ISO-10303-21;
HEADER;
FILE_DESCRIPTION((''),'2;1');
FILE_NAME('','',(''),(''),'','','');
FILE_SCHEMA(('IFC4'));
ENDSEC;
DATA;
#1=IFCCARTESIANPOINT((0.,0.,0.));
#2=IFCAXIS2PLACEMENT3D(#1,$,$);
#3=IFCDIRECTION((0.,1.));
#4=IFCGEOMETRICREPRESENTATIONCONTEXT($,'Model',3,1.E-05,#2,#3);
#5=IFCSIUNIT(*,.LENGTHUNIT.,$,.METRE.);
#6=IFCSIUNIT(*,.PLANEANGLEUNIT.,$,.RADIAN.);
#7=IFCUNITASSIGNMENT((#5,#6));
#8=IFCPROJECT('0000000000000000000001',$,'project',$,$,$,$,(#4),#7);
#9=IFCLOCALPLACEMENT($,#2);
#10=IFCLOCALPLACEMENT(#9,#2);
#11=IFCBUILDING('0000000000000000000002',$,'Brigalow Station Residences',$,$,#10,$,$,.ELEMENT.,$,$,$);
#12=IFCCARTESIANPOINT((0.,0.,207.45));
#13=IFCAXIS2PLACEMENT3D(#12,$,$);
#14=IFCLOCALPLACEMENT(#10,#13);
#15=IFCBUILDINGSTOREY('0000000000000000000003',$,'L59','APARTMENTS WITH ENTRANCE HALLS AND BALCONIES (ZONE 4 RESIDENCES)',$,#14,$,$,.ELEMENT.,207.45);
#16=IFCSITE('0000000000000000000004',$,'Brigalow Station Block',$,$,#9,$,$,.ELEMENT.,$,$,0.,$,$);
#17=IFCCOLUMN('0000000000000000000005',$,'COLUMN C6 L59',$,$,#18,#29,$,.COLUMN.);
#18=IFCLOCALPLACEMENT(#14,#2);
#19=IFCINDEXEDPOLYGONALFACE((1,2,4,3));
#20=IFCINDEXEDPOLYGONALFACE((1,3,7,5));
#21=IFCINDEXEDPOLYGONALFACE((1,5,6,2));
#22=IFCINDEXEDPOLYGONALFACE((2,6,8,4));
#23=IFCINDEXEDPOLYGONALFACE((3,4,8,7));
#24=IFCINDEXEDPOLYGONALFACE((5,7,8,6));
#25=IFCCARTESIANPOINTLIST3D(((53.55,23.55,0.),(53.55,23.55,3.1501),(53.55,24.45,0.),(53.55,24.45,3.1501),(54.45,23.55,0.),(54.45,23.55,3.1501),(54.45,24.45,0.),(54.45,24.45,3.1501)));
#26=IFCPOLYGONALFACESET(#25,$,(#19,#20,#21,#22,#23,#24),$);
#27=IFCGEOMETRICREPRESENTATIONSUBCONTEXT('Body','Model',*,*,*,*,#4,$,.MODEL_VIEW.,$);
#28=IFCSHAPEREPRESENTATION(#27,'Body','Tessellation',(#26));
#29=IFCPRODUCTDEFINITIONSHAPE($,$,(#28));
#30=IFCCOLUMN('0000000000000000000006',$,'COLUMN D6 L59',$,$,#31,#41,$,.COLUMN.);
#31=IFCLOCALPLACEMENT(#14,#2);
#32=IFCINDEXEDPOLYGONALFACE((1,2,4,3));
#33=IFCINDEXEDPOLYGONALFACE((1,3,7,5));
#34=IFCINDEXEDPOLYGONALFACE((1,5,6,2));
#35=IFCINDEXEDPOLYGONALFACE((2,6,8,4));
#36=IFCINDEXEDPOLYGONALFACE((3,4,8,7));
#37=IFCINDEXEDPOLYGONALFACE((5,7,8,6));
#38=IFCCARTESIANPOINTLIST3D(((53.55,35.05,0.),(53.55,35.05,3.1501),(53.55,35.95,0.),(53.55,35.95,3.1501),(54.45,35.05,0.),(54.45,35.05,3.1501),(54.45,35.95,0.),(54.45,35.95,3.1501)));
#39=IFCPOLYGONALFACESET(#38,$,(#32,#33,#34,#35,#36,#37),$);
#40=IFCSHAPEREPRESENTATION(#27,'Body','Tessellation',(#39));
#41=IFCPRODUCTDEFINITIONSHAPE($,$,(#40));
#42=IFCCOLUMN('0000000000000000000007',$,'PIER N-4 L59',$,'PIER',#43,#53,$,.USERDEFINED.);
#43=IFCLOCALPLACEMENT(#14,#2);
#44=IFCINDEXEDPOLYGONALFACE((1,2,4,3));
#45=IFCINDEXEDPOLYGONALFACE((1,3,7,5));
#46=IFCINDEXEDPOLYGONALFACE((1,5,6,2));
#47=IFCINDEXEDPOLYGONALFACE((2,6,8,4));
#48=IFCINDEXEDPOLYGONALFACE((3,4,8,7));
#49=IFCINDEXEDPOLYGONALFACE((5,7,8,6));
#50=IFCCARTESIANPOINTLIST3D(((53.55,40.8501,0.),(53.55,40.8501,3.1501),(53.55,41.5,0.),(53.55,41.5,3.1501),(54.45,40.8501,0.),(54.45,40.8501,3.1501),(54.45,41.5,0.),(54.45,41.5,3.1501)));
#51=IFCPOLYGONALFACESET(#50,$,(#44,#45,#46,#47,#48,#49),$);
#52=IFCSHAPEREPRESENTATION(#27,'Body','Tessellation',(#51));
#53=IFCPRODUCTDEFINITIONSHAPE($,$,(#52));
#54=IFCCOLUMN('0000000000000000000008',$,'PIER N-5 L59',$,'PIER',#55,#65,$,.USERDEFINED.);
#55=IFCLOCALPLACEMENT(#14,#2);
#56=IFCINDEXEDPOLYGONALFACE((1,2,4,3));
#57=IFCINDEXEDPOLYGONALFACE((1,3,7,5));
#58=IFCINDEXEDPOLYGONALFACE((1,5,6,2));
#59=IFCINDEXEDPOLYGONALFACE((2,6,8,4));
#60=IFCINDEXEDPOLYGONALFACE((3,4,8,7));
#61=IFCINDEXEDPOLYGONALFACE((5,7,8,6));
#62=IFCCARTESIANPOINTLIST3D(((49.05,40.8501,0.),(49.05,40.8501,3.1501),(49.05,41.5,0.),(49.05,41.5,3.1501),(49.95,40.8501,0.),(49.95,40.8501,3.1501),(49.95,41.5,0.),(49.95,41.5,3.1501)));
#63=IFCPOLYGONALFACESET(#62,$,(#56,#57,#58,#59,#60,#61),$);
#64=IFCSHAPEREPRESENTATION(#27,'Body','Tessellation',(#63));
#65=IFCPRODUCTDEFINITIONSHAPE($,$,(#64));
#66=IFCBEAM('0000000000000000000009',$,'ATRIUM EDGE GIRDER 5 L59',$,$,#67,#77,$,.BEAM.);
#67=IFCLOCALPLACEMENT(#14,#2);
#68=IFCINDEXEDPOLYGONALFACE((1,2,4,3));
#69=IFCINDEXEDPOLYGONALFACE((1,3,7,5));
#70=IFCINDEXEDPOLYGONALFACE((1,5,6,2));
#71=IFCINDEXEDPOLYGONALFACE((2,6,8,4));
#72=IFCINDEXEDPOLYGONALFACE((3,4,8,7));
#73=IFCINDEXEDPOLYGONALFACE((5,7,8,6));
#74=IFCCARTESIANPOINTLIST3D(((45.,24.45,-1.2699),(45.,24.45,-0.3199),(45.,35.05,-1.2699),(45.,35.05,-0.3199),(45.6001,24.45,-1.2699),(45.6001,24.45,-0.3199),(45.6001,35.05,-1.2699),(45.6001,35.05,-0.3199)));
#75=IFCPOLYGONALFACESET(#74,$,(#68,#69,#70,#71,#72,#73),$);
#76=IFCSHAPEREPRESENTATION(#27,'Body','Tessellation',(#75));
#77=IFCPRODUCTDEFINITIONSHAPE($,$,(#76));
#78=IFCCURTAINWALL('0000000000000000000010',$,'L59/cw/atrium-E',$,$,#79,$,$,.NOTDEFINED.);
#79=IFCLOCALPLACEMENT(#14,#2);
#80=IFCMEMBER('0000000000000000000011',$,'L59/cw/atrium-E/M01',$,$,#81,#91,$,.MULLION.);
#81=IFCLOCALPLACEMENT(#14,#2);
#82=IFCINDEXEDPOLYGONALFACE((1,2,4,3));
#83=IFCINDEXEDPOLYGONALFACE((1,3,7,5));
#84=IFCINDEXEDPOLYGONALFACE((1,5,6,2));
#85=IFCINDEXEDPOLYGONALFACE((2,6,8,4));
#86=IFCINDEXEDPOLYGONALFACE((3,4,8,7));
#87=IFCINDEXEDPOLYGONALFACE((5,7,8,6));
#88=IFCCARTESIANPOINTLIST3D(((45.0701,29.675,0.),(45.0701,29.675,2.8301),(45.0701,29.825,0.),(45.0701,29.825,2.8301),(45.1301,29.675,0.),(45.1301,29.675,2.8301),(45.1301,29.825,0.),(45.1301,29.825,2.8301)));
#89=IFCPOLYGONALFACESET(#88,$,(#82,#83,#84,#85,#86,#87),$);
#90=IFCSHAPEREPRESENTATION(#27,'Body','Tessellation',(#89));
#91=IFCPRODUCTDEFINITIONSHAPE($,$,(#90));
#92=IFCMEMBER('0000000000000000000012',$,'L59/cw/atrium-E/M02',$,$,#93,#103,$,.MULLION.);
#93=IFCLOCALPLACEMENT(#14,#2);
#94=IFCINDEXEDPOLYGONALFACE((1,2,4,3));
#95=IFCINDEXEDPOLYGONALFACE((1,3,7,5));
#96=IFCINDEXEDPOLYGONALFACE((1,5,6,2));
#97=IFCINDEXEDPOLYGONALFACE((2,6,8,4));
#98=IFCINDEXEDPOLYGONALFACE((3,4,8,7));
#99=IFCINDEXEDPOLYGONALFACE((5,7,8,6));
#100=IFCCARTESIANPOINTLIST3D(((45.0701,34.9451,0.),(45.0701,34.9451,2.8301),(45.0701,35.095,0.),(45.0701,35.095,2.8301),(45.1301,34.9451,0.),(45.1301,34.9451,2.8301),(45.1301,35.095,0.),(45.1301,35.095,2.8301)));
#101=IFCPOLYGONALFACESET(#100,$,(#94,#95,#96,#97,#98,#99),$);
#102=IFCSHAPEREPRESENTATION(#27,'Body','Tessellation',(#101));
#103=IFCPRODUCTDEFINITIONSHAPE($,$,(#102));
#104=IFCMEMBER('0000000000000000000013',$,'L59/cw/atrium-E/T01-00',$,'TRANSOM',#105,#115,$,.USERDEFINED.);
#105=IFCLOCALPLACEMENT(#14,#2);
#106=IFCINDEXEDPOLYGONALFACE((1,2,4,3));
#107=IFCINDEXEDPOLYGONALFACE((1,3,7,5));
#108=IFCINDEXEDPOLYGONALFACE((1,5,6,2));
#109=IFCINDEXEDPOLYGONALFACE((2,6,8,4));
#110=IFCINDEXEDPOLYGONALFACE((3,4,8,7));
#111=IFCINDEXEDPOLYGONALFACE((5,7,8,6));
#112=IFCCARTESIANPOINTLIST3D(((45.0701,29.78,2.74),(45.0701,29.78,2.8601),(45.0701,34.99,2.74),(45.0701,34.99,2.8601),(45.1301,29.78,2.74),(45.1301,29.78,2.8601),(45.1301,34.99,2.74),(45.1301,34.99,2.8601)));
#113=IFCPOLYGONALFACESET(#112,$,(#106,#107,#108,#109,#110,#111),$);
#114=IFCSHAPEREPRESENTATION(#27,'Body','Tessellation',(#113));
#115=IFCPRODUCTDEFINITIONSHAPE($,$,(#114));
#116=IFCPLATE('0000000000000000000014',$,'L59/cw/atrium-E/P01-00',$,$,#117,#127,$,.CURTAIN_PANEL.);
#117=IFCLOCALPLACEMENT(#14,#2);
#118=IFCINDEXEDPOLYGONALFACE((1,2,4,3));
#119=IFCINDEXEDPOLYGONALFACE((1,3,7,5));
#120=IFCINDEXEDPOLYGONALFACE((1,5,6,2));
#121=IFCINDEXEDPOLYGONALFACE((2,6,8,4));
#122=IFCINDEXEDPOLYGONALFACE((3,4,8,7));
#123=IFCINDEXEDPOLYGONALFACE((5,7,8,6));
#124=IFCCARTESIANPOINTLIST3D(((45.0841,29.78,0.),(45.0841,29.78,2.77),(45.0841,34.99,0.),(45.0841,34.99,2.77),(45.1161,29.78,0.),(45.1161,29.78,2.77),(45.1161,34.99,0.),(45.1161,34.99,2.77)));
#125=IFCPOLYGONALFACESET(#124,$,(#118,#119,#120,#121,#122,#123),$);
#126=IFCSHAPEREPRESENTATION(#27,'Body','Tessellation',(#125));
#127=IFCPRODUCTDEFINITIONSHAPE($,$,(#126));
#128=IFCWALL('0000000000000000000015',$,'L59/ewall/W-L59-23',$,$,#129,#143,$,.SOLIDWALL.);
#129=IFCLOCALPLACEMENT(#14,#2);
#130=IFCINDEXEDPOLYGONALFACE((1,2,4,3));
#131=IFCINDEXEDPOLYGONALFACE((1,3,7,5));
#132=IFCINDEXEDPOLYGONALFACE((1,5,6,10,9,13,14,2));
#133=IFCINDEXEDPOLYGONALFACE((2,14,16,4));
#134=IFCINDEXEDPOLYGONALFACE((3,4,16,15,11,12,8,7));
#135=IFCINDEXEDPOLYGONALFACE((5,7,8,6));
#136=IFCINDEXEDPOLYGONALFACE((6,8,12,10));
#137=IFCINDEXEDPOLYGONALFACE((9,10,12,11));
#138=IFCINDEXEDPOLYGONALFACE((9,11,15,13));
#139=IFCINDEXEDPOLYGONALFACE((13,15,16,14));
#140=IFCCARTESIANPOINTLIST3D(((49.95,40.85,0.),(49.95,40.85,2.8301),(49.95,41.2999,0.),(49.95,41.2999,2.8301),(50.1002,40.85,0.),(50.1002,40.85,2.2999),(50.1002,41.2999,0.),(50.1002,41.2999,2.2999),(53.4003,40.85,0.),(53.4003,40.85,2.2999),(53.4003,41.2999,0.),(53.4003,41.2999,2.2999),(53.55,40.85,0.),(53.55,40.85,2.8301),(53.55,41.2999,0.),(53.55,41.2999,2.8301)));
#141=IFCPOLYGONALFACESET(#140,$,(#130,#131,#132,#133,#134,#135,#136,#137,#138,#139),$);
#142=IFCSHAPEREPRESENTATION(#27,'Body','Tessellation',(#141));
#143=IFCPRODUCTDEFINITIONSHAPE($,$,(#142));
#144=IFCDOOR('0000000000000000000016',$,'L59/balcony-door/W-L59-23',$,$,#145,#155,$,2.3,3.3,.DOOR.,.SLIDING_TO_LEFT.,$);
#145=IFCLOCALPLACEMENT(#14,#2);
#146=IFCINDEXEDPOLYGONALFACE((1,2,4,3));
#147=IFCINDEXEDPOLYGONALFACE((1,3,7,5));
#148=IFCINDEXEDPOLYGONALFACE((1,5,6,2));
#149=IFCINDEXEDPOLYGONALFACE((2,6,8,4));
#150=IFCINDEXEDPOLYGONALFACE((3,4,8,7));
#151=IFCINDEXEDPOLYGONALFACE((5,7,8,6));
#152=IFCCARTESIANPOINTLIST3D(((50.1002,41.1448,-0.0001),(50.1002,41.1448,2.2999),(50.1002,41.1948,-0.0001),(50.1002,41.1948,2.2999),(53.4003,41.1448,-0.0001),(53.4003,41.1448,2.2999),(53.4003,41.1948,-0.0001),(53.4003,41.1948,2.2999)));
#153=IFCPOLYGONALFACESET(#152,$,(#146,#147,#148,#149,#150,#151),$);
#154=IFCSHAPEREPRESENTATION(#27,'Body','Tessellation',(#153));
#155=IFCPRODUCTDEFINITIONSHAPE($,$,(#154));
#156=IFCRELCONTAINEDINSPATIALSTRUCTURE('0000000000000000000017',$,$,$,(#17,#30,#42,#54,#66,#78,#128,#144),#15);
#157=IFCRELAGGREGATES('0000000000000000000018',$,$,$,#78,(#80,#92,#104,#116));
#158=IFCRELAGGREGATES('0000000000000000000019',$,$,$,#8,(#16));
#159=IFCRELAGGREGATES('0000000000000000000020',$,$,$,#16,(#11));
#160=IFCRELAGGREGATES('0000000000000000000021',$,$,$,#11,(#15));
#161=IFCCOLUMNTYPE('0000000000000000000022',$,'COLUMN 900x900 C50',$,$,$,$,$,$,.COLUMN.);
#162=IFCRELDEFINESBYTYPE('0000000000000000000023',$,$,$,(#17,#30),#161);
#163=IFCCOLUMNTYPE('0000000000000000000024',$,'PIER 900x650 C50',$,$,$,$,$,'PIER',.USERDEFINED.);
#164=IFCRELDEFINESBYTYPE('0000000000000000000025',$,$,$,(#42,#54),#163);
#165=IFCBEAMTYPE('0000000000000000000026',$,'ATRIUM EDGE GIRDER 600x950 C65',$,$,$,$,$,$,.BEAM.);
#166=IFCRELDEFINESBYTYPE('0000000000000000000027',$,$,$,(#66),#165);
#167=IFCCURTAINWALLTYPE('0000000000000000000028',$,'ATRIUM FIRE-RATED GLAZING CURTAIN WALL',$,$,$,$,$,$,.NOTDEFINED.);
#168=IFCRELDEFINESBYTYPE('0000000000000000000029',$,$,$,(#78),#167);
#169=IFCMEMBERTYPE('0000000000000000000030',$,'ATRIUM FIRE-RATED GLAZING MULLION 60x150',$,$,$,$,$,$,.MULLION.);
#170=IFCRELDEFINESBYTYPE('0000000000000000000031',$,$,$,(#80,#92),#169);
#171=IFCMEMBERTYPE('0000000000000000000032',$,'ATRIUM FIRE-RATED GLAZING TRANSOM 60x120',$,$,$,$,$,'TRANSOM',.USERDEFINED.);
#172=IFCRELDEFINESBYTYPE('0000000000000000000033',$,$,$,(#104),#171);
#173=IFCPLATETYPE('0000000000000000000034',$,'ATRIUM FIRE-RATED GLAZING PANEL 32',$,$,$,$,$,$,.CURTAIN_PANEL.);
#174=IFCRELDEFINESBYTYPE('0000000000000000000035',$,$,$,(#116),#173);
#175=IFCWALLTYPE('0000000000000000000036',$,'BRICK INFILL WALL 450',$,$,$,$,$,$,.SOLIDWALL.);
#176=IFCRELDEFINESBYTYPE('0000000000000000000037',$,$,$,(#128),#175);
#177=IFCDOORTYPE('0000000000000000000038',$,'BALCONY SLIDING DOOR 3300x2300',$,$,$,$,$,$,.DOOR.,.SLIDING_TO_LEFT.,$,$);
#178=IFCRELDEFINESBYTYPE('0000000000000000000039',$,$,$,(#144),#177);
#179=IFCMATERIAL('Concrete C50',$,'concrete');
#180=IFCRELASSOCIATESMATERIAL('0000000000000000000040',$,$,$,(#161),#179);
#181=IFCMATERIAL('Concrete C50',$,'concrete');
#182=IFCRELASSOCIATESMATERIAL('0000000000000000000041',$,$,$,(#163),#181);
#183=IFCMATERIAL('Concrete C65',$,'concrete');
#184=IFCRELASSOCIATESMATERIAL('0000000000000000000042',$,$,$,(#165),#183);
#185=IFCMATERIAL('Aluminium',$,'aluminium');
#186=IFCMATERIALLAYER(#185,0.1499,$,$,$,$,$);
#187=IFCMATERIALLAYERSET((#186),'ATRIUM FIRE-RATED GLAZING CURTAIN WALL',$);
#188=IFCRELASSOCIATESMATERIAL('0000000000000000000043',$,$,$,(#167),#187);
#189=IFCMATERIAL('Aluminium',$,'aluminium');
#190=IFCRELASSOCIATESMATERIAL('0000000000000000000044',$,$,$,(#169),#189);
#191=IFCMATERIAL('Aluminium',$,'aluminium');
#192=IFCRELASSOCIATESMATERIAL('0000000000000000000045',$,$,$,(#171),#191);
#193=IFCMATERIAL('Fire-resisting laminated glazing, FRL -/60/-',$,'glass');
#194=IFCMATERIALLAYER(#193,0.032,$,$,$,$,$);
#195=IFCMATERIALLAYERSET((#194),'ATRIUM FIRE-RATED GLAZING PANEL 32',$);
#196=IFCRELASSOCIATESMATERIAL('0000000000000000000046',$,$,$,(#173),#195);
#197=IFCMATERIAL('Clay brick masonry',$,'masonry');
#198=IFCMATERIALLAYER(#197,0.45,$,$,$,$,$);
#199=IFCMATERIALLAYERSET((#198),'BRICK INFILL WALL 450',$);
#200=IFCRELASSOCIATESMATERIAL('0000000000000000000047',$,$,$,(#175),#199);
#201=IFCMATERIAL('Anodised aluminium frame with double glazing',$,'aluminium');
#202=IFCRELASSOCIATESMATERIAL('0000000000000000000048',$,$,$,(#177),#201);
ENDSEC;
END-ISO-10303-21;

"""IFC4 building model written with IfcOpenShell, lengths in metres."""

from ifc_helpers import new_model, si_unit, direction, frame, frame_2d, origin, origin_2d, place, context, subcontext, project, spatial, rectangle, extrude, material, layer, layer_set, material_profile, profile_set, type_object, element, fill, aggregate, save


model = new_model("IFC4")

# Units and contexts
model_context = context("Model", 3, precision=1e-05, world=origin(), true_north=direction((0.0, 1.0)))
body_context = subcontext(model_context, "Body", "Model", "MODEL_VIEW")
ifc_project = project(units=[si_unit("LENGTHUNIT", "METRE"), si_unit("PLANEANGLEUNIT", "RADIAN")], contexts=[model_context])

# Site, building, storey
site_placement = place(None, origin())
site = spatial("IfcSite", under=ifc_project, at=site_placement, Name="Brigalow Station Block", CompositionType="ELEMENT", RefElevation=0.0)
building_placement = place(site_placement, origin())
building = spatial("IfcBuilding", under=site, at=building_placement, Name="Brigalow Station Residences", CompositionType="ELEMENT")
storey_placement = place(building_placement, frame((0.0, 0.0, 207.45)))
storey = spatial("IfcBuildingStorey", under=building, at=storey_placement, Name="L59", Description="APARTMENTS WITH ENTRANCE HALLS AND BALCONIES (ZONE 4 RESIDENCES)", CompositionType="ELEMENT", Elevation=207.45)

# Columns
ifc_material_1 = material(Name="Concrete C50", Category="concrete")
ifc_material_profile_1 = material_profile(ifc_material_1, rectangle(XDim=0.8999, YDim=0.8999, at=origin_2d()), Name="RC900x900")
ifc_profile_set_1 = profile_set([ifc_material_profile_1], Name="Concrete C50")
column_type_1 = type_object("IfcColumnType", Name="COLUMN 900x900 C50", PredefinedType="COLUMN", material=ifc_profile_set_1)
for number, where, z_axis, x_axis, name in (
    (1, (54.0, 24.0, 0.0), (0.0, 0.0, 1.0), (1.0, 0.0, 0.0), "COLUMN C6 L59"),
    (2, (54.0, 35.5, 0.0), (0.0, 0.0, 1.0), (1.0, 0.0, 0.0), "COLUMN D6 L59"),
):
    element("IfcColumn", number, at=place(storey_placement, frame(where, z_axis=z_axis, x_axis=x_axis)), inside=storey, type_object=column_type_1, Name=name, PredefinedType="COLUMN", context=body_context, shape_type="SweptSolid", body=[
        extrude(rectangle(XDim=0.8999, YDim=0.8999, at=origin_2d()), origin(), (0.0, 0.0, 1.0), 3.1501),
    ])
ifc_material_2 = material(Name="Concrete C50", Category="concrete")
ifc_material_profile_2 = material_profile(ifc_material_2, rectangle(XDim=0.8999, YDim=0.6499, at=origin_2d()), Name="RC900x650")
ifc_profile_set_2 = profile_set([ifc_material_profile_2], Name="Concrete C50")
column_type_2 = type_object("IfcColumnType", Name="PIER 900x650 C50", ElementType="PIER", PredefinedType="USERDEFINED", material=ifc_profile_set_2)
for number, where, z_axis, x_axis, name in (
    (3, (54.0, 41.175, 0.0), (0.0, 0.0, 1.0), (-1.0, 0.0, 0.0), "PIER N-4 L59"),
    (4, (49.5, 41.175, 0.0), (0.0, 0.0, 1.0), (-1.0, 0.0, 0.0), "PIER N-5 L59"),
):
    element("IfcColumn", number, at=place(storey_placement, frame(where, z_axis=z_axis, x_axis=x_axis)), inside=storey, type_object=column_type_2, Name=name, ObjectType="PIER", PredefinedType="USERDEFINED", context=body_context, shape_type="SweptSolid", body=[
        extrude(rectangle(XDim=0.8999, YDim=0.6499, at=origin_2d()), origin(), (0.0, 0.0, 1.0), 3.1501),
    ])

# Beam
ifc_material_3 = material(Name="Concrete C65", Category="concrete")
ifc_material_profile_3 = material_profile(ifc_material_3, rectangle(XDim=0.6001, YDim=0.95, at=origin_2d()), Name="RC600x950")
ifc_profile_set_3 = profile_set([ifc_material_profile_3], Name="Concrete C65")
beam_type = type_object("IfcBeamType", Name="ATRIUM EDGE GIRDER 600x950 C65", PredefinedType="BEAM", material=ifc_profile_set_3)
beam_placement = place(storey_placement, frame((45.3, 24.45, -0.7949), z_axis=(0.0, 1.0, 0.0), x_axis=(-1.0, 0.0, 0.0)))
element("IfcBeam", 5, at=beam_placement, inside=storey, type_object=beam_type, Name="ATRIUM EDGE GIRDER 5 L59", PredefinedType="BEAM", context=body_context, shape_type="SweptSolid", body=[
    extrude(rectangle(XDim=0.6001, YDim=0.95, at=origin_2d()), origin(), (0.0, 0.0, 1.0), 10.6001),
])

# Curtain wall, members, plate
ifc_material_4 = material(Name="Aluminium", Category="aluminium")
ifc_layer_1 = layer(ifc_material_4, 0.1499)
ifc_layer_set_1 = layer_set([ifc_layer_1], Name="ATRIUM FIRE-RATED GLAZING CURTAIN WALL")
curtain_wall_type = type_object("IfcCurtainWallType", Name="ATRIUM FIRE-RATED GLAZING CURTAIN WALL", PredefinedType="NOTDEFINED", material=ifc_layer_set_1)
curtain_wall_placement = place(storey_placement, origin())
curtain_wall = element("IfcCurtainWall", 6, at=curtain_wall_placement, inside=storey, type_object=curtain_wall_type, Name="L59/cw/atrium-E", PredefinedType="NOTDEFINED")
ifc_material_5 = material(Name="Aluminium", Category="aluminium")
ifc_material_profile_4 = material_profile(ifc_material_5, rectangle(XDim=0.0601, YDim=0.1499, at=origin_2d()), Name="ATRIUM FIRE-RATED GLAZING MULLION 60x150")
ifc_profile_set_4 = profile_set([ifc_material_profile_4], Name="Aluminium")
member_type_1 = type_object("IfcMemberType", Name="ATRIUM FIRE-RATED GLAZING MULLION 60x150", PredefinedType="MULLION", material=ifc_profile_set_4)
member_1_placement = place(storey_placement, frame((45.1001, 29.75, 0.0), z_axis=(0.0, 0.0, 1.0), x_axis=(-1.0, 0.0, 0.0)))
member_1 = element("IfcMember", 7, at=member_1_placement, type_object=member_type_1, Name="L59/cw/atrium-E/M01", PredefinedType="MULLION", context=body_context, shape_type="SweptSolid", body=[
    extrude(rectangle(XDim=0.0601, YDim=0.1499, at=origin_2d()), origin(), (0.0, 0.0, 1.0), 2.8301),
])
member_2_placement = place(storey_placement, frame((45.1001, 35.02, 0.0), z_axis=(0.0, 0.0, 1.0), x_axis=(-1.0, 0.0, 0.0)))
member_2 = element("IfcMember", 8, at=member_2_placement, type_object=member_type_1, Name="L59/cw/atrium-E/M02", PredefinedType="MULLION", context=body_context, shape_type="SweptSolid", body=[
    extrude(rectangle(XDim=0.0601, YDim=0.1499, at=origin_2d()), origin(), (0.0, 0.0, 1.0), 2.8301),
])
ifc_material_6 = material(Name="Aluminium", Category="aluminium")
ifc_material_profile_5 = material_profile(ifc_material_6, rectangle(XDim=0.0601, YDim=0.1201, at=origin_2d()), Name="ATRIUM FIRE-RATED GLAZING TRANSOM 60x120")
ifc_profile_set_5 = profile_set([ifc_material_profile_5], Name="Aluminium")
member_type_2 = type_object("IfcMemberType", Name="ATRIUM FIRE-RATED GLAZING TRANSOM 60x120", ElementType="TRANSOM", PredefinedType="USERDEFINED", material=ifc_profile_set_5)
member_3_placement = place(storey_placement, frame((45.1001, 29.78, 2.8), z_axis=(0.0, 1.0, 0.0), x_axis=(-1.0, 0.0, 0.0)))
member_3 = element("IfcMember", 9, at=member_3_placement, type_object=member_type_2, Name="L59/cw/atrium-E/T01-00", ObjectType="TRANSOM", PredefinedType="USERDEFINED", context=body_context, shape_type="SweptSolid", body=[
    extrude(rectangle(XDim=0.0601, YDim=0.1201, at=origin_2d()), origin(), (0.0, 0.0, 1.0), 5.21),
])
ifc_material_7 = material(Name="Fire-resisting laminated glazing, FRL -/60/-", Category="glass")
ifc_layer_2 = layer(ifc_material_7, 0.032)
ifc_layer_set_2 = layer_set([ifc_layer_2], Name="ATRIUM FIRE-RATED GLAZING PANEL 32")
plate_type = type_object("IfcPlateType", Name="ATRIUM FIRE-RATED GLAZING PANEL 32", PredefinedType="CURTAIN_PANEL", material=ifc_layer_set_2)
plate_placement = place(storey_placement, frame((45.1001, 32.385, 0.0), z_axis=(0.0, 0.0, 1.0), x_axis=(0.0, 1.0, 0.0)))
plate = element("IfcPlate", 10, at=plate_placement, type_object=plate_type, Name="L59/cw/atrium-E/P01-00", PredefinedType="CURTAIN_PANEL", context=body_context, shape_type="SweptSolid", body=[
    extrude(rectangle(XDim=5.21, YDim=0.032, at=origin_2d()), origin(), (0.0, 0.0, 1.0), 2.77),
])
aggregate(curtain_wall, [member_1, member_2, member_3, plate])

# Wall, opening, door
ifc_material_8 = material(Name="Clay brick masonry", Category="masonry")
ifc_layer_3 = layer(ifc_material_8, 0.45)
ifc_layer_set_3 = layer_set([ifc_layer_3], Name="BRICK INFILL WALL 450")
wall_type_1 = type_object("IfcWallType", Name="BRICK INFILL WALL 450", PredefinedType="SOLIDWALL", material=ifc_layer_set_3)
wall_1_placement = place(storey_placement, frame((53.55, 41.075, 0.0), z_axis=(0.0, 0.0, 1.0), x_axis=(-1.0, 0.0, 0.0)))
wall_1 = element("IfcWall", 11, at=wall_1_placement, inside=storey, type_object=wall_type_1, Name="L59/ewall/W-L59-23", PredefinedType="SOLIDWALL", context=body_context, shape_type="SweptSolid", body=[
    extrude(rectangle(XDim=3.6001, YDim=0.45, at=frame_2d((1.8, 0.0))), origin(), (0.0, 0.0, 1.0), 2.8301),
])
opening_1_placement = place(wall_1_placement, frame((0.1499, 0.0, 0.0)))
opening_1 = element("IfcOpeningElement", 12, at=opening_1_placement, cuts=wall_1, PredefinedType="OPENING", context=body_context, shape_type="SweptSolid", body=[
    extrude(rectangle(XDim=3.3, YDim=2.3, at=frame_2d((1.6499, 1.1499))), frame((0.0, 0.2349, 0.0), z_axis=(0.0, -1.0, 0.0), x_axis=(1.0, 0.0, 0.0)), (0.0, 0.0, 1.0), 0.47),
])
ifc_material_9 = material(Name="Anodised aluminium frame with double glazing", Category="aluminium")
door_type_1 = type_object("IfcDoorType", Name="BALCONY SLIDING DOOR 3300x2300", OperationType="SLIDING_TO_LEFT", PredefinedType="DOOR", material=ifc_material_9)
door_1_placement = place(opening_1_placement, origin())
door_1 = element("IfcDoor", 13, at=door_1_placement, inside=storey, type_object=door_type_1, Name="L59/balcony-door/W-L59-23", OperationType="SLIDING_TO_LEFT", OverallHeight=2.3, OverallWidth=3.3, PredefinedType="DOOR", context=body_context, shape_type="SweptSolid", body=[
    extrude(rectangle(XDim=3.3, YDim=2.3, at=frame_2d((1.6499, 1.1499))), frame((0.0, -0.0698, 0.0), z_axis=(0.0, -1.0, 0.0), x_axis=(1.0, 0.0, 0.0)), (0.0, 0.0, 1.0), 0.05),
])
fill(opening_1, door_1)

save(model, "model.ifc")
